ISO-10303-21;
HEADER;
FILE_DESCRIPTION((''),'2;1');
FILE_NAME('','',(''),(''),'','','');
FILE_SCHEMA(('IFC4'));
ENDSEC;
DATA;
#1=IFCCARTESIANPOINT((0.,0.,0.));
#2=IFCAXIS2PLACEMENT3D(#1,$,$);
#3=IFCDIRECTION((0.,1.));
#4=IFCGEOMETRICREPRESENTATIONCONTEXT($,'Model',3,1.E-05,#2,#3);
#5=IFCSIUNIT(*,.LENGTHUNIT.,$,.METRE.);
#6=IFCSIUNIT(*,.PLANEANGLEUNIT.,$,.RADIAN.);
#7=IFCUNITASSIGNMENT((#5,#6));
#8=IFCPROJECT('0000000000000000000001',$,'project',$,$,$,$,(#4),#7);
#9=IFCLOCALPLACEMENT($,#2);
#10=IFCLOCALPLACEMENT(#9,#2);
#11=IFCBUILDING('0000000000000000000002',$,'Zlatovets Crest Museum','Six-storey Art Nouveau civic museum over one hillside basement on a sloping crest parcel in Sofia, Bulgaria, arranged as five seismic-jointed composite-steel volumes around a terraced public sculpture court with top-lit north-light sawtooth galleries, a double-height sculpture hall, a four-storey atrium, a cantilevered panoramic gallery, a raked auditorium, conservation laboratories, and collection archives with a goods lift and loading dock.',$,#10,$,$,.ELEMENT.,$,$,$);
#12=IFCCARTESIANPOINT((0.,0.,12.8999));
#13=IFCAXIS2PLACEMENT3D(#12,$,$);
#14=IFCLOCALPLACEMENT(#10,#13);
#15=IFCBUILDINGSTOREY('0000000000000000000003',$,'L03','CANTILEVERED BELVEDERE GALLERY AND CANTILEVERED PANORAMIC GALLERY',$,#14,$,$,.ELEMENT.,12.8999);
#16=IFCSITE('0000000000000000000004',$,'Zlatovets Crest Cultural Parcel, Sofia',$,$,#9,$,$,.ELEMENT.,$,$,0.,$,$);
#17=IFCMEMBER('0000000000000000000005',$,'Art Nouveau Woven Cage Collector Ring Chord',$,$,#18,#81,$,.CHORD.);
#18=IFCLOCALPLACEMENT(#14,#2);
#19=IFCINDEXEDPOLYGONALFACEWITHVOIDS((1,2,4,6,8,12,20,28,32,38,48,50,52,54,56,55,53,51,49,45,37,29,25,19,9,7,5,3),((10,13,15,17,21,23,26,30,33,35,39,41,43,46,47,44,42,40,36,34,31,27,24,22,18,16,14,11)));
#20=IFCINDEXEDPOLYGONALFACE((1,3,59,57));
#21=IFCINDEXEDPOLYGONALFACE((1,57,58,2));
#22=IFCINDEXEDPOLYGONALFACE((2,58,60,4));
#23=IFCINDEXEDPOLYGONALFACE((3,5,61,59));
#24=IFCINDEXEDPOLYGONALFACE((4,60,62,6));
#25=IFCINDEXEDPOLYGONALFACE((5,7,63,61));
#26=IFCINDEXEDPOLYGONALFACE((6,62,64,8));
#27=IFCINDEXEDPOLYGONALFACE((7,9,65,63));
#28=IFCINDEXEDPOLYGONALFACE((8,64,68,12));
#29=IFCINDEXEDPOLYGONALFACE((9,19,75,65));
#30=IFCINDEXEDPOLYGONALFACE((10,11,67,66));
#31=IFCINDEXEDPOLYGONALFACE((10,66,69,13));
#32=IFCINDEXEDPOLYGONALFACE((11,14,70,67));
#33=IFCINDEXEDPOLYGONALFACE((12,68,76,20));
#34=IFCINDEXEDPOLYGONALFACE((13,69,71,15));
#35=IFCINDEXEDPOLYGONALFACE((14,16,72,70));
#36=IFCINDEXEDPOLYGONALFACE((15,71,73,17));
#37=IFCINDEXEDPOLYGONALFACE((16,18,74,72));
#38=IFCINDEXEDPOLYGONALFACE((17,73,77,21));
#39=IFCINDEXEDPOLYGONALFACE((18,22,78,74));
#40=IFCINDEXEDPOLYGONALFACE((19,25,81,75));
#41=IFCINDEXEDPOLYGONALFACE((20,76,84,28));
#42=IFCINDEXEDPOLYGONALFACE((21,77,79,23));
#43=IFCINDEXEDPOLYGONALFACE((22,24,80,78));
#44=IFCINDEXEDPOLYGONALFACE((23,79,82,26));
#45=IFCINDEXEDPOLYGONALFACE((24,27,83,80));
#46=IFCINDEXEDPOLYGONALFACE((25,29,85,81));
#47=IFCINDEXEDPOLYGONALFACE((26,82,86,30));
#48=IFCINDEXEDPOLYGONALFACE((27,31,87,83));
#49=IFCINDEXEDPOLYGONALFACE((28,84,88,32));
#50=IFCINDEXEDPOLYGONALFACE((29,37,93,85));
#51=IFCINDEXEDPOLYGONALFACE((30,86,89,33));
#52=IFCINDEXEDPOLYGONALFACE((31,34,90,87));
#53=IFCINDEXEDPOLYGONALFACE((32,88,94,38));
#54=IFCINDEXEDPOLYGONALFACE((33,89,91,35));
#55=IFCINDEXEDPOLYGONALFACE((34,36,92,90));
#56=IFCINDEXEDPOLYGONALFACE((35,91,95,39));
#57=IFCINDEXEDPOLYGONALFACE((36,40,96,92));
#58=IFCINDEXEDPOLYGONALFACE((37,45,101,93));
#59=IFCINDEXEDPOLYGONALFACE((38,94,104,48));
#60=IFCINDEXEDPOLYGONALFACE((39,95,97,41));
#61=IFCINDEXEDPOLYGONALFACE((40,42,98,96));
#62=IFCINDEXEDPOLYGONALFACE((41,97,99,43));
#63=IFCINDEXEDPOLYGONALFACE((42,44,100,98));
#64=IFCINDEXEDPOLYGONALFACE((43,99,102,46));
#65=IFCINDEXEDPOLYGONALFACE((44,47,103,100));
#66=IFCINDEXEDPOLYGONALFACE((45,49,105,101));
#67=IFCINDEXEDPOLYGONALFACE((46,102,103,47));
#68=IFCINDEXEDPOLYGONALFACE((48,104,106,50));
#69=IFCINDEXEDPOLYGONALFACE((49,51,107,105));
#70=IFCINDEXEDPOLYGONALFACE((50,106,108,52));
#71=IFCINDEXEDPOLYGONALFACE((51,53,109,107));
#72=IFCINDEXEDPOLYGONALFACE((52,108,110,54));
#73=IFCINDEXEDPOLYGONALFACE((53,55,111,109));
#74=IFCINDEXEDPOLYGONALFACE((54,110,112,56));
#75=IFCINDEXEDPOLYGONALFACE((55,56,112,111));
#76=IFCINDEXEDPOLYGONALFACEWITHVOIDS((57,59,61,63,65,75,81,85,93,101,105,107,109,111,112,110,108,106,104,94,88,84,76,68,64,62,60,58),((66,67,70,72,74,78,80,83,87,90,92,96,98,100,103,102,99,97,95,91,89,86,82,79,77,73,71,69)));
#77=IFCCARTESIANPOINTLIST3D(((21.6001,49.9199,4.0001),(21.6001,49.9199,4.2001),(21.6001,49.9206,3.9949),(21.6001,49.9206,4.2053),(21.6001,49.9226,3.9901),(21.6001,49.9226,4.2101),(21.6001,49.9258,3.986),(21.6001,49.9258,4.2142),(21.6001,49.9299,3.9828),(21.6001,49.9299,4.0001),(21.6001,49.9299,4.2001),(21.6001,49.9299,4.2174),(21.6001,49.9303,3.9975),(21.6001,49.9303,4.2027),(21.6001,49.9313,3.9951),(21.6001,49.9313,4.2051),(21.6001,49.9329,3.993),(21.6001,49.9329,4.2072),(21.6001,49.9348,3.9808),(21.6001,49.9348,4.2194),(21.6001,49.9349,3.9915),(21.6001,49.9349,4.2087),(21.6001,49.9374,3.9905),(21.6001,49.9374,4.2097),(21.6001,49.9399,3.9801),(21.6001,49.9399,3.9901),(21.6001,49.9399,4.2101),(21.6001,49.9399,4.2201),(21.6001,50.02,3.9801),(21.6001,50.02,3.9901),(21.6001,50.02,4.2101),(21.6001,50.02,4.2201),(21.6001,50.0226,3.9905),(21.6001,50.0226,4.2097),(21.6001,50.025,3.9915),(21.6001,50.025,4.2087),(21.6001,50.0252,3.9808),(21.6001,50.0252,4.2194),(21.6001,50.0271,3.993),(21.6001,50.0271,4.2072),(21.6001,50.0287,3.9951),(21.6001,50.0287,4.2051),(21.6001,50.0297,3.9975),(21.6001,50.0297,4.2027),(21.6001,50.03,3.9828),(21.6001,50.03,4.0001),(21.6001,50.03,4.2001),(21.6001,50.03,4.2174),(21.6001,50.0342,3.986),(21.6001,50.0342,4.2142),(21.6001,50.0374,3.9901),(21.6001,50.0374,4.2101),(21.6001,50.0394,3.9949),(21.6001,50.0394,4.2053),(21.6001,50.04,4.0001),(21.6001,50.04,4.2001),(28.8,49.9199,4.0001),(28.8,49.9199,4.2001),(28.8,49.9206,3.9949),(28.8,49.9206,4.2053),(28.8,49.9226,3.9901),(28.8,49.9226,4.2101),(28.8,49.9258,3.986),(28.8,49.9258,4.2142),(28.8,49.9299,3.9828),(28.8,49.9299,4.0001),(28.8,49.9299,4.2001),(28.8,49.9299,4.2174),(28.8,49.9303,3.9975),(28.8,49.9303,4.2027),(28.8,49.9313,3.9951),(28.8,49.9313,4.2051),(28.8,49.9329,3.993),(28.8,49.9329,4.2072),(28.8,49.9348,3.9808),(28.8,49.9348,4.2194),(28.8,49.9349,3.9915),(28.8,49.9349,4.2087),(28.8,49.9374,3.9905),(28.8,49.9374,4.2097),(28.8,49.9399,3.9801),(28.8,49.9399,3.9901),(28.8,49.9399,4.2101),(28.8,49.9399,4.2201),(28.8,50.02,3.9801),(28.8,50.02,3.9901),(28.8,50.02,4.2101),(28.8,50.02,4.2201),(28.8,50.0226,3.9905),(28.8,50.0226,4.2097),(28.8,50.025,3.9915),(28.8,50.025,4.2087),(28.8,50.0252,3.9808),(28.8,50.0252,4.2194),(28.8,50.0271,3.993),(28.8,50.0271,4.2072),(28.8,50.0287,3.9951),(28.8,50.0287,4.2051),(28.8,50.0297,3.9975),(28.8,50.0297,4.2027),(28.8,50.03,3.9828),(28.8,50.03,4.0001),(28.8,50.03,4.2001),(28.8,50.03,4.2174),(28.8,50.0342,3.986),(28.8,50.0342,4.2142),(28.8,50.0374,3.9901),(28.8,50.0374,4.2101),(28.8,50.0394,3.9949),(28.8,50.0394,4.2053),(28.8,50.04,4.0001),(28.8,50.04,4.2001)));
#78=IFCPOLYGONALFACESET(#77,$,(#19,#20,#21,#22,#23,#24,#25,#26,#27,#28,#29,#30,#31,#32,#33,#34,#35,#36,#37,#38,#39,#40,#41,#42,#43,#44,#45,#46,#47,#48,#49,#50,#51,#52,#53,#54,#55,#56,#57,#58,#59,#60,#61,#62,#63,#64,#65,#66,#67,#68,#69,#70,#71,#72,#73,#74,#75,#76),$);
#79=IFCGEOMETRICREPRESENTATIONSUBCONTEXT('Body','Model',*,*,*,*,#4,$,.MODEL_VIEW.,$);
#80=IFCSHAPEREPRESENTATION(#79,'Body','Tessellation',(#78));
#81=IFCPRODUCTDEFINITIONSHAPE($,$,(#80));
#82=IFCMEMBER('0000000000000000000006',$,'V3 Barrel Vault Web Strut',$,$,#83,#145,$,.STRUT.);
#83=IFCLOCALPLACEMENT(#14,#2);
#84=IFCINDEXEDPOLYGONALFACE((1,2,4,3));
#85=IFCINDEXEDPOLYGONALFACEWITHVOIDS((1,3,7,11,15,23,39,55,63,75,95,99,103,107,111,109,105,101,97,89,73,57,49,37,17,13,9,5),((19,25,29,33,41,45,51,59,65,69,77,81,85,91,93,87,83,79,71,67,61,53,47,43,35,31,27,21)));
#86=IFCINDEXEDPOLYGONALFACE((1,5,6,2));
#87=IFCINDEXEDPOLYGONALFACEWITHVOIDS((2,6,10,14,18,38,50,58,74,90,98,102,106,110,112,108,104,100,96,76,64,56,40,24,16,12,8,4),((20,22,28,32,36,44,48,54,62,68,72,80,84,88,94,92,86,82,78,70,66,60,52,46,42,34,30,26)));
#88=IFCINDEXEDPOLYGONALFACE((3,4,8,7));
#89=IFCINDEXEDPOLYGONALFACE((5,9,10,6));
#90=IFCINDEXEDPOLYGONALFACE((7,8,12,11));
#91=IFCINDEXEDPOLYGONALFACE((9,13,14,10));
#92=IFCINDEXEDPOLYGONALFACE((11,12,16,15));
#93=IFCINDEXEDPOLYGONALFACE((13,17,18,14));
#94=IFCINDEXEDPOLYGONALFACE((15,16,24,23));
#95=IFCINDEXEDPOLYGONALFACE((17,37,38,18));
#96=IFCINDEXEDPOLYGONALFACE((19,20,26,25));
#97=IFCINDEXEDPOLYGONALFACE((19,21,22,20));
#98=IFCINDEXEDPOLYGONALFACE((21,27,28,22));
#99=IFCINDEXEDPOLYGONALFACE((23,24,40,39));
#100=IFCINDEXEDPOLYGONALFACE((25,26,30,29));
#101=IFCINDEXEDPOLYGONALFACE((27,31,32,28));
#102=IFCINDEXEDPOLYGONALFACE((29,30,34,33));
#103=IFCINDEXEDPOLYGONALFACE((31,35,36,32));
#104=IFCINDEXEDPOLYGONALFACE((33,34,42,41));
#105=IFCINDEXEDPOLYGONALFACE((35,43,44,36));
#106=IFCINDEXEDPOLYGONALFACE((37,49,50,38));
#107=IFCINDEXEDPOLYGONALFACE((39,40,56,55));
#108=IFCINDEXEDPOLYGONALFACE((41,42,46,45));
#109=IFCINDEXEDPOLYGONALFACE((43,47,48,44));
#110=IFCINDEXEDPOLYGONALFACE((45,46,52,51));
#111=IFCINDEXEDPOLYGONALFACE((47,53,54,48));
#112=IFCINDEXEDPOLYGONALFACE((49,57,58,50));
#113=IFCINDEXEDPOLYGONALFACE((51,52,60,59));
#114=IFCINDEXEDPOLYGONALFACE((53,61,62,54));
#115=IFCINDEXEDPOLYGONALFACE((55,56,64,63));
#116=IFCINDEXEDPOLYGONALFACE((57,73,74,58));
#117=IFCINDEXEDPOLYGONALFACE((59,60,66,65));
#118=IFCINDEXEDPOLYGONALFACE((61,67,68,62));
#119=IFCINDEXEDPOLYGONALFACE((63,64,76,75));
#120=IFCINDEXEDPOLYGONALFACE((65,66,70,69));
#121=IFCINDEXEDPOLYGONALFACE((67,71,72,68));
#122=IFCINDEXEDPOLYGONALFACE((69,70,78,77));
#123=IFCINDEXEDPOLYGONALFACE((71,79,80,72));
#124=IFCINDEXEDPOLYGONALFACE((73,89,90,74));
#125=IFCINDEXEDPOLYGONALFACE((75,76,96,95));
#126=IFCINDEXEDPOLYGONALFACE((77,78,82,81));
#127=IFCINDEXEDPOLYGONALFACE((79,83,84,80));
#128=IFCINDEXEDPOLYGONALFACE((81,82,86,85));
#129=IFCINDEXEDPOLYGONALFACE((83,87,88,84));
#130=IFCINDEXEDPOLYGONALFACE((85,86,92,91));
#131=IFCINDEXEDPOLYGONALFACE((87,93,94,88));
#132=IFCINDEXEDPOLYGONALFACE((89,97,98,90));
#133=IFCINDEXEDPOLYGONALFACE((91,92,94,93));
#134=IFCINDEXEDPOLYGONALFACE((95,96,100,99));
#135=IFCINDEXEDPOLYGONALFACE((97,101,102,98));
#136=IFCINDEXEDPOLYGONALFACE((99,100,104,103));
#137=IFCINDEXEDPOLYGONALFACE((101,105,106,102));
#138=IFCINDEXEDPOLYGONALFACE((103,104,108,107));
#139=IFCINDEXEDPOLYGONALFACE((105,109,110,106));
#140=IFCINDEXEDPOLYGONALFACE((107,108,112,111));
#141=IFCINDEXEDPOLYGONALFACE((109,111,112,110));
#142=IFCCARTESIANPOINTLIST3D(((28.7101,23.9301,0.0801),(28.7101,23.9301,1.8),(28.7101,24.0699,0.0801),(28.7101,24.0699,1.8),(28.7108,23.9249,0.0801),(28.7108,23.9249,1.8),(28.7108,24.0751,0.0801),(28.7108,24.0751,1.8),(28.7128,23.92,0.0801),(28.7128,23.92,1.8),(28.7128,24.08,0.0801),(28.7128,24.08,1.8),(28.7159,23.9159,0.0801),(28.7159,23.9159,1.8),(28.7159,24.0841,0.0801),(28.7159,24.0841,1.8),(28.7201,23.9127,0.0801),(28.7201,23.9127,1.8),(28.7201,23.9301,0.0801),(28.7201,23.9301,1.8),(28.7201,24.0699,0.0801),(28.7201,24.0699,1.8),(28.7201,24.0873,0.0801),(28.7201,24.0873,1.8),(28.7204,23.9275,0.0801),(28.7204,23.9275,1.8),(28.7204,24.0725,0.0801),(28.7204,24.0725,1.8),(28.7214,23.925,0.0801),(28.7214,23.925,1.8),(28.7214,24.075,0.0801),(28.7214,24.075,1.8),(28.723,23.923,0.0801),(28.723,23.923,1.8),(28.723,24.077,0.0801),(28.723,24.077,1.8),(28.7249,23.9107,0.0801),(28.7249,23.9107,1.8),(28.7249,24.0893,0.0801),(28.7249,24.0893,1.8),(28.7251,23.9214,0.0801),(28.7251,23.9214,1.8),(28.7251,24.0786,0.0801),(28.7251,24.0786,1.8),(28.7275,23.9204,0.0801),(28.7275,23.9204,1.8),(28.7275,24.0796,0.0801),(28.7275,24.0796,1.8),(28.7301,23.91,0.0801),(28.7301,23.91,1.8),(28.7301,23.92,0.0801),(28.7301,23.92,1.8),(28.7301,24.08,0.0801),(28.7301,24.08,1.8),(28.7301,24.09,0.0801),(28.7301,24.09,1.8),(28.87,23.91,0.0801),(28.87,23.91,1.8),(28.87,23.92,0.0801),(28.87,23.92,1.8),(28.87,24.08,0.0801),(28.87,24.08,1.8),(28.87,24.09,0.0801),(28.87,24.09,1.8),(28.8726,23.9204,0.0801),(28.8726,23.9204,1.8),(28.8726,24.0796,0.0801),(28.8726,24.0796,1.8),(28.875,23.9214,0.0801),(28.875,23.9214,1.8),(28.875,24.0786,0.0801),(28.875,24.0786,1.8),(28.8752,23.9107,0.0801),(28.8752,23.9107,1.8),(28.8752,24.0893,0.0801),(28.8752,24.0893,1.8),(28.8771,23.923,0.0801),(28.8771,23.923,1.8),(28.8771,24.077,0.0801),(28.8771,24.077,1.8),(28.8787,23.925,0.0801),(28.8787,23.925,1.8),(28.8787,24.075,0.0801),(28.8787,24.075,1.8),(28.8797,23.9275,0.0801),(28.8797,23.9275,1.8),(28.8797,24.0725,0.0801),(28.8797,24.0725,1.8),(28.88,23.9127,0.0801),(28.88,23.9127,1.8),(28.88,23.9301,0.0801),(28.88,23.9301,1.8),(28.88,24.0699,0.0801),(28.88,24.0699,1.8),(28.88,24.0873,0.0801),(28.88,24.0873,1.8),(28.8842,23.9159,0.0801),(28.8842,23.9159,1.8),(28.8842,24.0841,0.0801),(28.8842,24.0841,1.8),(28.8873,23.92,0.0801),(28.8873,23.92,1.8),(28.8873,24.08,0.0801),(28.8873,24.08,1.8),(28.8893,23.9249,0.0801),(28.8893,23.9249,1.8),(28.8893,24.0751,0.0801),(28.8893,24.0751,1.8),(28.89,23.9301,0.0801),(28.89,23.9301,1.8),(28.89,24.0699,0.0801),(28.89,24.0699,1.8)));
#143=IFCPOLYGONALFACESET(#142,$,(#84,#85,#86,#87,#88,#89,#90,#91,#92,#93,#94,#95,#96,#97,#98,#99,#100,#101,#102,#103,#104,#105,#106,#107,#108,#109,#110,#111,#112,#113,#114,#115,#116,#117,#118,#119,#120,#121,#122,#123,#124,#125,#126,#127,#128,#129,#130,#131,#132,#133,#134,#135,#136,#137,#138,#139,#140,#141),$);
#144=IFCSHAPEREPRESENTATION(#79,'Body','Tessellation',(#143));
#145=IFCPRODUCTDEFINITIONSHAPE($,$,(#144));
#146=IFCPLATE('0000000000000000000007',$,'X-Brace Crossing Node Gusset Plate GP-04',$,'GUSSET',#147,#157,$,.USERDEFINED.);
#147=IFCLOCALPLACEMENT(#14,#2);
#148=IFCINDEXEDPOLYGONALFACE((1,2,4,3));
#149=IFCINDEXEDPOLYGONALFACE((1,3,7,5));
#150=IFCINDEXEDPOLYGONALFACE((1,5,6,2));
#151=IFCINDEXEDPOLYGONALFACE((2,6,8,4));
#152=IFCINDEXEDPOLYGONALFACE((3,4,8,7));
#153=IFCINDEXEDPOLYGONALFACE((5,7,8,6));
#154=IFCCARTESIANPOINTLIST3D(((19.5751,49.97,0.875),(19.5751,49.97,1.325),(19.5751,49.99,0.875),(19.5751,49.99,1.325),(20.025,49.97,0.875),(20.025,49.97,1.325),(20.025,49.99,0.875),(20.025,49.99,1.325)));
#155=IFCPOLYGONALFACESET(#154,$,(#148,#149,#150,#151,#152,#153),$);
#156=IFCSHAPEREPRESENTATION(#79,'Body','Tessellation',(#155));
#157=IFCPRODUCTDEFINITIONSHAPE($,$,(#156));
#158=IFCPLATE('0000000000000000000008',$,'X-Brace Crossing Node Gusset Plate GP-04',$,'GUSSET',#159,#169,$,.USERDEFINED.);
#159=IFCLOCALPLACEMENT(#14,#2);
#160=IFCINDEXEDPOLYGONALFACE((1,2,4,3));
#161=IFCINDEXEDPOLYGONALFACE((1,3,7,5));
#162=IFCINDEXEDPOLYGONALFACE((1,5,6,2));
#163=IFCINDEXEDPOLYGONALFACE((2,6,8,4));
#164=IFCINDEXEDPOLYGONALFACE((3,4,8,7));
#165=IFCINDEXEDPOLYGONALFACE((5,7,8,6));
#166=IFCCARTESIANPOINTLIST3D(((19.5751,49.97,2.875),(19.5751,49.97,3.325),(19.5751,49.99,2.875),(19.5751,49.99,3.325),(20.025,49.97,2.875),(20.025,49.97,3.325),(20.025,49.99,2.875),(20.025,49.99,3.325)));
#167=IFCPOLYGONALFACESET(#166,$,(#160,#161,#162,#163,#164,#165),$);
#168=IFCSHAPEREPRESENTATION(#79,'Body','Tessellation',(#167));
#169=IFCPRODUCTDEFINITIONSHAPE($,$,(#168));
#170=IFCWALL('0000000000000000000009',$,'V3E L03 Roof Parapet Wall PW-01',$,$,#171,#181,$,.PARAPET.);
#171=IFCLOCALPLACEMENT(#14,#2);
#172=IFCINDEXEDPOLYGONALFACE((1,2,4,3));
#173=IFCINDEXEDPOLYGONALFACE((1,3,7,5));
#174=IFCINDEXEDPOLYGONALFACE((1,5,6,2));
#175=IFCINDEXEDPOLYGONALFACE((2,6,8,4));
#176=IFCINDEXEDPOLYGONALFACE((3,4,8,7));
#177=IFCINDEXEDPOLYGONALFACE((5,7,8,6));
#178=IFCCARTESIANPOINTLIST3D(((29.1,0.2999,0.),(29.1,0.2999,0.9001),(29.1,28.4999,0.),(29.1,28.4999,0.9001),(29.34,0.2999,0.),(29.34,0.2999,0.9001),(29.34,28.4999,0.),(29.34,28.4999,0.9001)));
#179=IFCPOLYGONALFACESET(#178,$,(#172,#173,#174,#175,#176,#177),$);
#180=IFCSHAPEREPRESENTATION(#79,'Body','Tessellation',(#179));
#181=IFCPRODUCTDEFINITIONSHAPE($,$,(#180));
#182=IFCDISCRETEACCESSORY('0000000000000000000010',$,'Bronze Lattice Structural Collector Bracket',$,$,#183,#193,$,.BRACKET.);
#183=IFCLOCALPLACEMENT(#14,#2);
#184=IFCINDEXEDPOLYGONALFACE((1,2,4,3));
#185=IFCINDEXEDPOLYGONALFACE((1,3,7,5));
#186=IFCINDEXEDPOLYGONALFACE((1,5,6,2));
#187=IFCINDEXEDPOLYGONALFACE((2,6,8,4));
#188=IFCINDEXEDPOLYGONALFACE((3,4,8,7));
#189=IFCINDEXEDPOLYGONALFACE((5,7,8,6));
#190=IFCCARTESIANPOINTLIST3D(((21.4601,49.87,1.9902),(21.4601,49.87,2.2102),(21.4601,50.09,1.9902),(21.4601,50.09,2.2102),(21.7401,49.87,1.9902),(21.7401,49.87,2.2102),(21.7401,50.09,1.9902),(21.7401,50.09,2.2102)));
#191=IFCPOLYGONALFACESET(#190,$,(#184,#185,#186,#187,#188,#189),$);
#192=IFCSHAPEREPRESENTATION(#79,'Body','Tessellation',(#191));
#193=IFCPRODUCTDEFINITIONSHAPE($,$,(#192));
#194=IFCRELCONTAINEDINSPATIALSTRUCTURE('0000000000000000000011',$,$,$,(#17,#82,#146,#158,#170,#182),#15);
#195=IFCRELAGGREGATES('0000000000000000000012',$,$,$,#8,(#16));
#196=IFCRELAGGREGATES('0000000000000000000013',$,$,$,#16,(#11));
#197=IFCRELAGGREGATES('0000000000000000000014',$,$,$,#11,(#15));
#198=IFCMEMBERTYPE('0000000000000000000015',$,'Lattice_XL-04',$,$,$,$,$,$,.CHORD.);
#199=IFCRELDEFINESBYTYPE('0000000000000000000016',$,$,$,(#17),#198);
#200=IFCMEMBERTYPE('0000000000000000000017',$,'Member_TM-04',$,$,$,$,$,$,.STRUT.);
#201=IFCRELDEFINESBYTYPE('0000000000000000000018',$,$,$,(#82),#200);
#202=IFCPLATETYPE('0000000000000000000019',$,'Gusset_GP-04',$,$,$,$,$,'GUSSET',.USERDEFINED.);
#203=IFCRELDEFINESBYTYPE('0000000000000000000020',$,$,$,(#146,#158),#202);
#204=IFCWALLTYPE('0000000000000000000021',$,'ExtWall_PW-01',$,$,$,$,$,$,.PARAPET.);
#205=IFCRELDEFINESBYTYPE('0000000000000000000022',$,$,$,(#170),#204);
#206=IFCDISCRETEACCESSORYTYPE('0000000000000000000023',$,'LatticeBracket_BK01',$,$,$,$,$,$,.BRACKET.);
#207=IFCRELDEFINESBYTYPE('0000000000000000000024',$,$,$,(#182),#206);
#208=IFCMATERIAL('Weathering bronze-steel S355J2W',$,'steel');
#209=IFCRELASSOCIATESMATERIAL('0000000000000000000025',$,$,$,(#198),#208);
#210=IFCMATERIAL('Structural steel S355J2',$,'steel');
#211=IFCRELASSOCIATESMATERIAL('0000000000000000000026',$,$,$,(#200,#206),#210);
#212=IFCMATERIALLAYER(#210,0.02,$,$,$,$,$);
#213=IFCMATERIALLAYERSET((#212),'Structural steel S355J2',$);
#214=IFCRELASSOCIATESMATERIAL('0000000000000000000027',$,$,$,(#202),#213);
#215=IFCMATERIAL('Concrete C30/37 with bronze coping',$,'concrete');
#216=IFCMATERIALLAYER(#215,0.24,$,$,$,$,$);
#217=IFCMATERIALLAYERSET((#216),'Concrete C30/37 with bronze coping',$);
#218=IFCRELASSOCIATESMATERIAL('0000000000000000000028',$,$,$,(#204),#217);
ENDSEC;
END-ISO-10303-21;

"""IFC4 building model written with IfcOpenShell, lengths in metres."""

from ifc_helpers import new_model, si_unit, direction, frame, frame_2d, origin, origin_2d, place, context, subcontext, project, spatial, rectangle, hollow_rectangle, extrude, material, layer, layer_set, material_profile, profile_set, type_object, element, save


model = new_model("IFC4")

# Units and contexts
model_context = context("Model", 3, precision=1e-05, world=origin(), true_north=direction((0.0, 1.0)))
body_context = subcontext(model_context, "Body", "Model", "MODEL_VIEW")
ifc_project = project(units=[si_unit("LENGTHUNIT", "METRE"), si_unit("PLANEANGLEUNIT", "RADIAN")], contexts=[model_context])

# Site, building, storey
site_placement = place(None, origin())
site = spatial("IfcSite", under=ifc_project, at=site_placement, Name="Zlatovets Crest Cultural Parcel, Sofia", CompositionType="ELEMENT", RefElevation=0.0)
building_placement = place(site_placement, origin())
building = spatial("IfcBuilding", under=site, at=building_placement, Name="Zlatovets Crest Museum", Description="Six-storey Art Nouveau civic museum over one hillside basement on a sloping crest parcel in Sofia, Bulgaria, arranged as five seismic-jointed composite-steel volumes around a terraced public sculpture court with top-lit north-light sawtooth galleries, a double-height sculpture hall, a four-storey atrium, a cantilevered panoramic gallery, a raked auditorium, conservation laboratories, and collection archives with a goods lift and loading dock.", CompositionType="ELEMENT")
storey_placement = place(building_placement, frame((0.0, 0.0, 12.8999)))
storey = spatial("IfcBuildingStorey", under=building, at=storey_placement, Name="L03", Description="CANTILEVERED BELVEDERE GALLERY AND CANTILEVERED PANORAMIC GALLERY", CompositionType="ELEMENT", Elevation=12.8999)

# Shared definitions
ifc_material_1 = material(Name="Structural steel S355J2", Category="steel")

# Members
ifc_material_2 = material(Name="Weathering bronze-steel S355J2W", Category="steel")
ifc_material_profile_1 = material_profile(ifc_material_2, hollow_rectangle(XDim=0.1201, YDim=0.24, WallThickness=0.01, InnerFilletRadius=0.01, OuterFilletRadius=0.02, at=origin_2d()), Name="RHS 120x240x10.0")
ifc_profile_set_1 = profile_set([ifc_material_profile_1], Name="Weathering bronze-steel S355J2W")
member_type_1 = type_object("IfcMemberType", Name="Lattice_XL-04", PredefinedType="CHORD", material=ifc_profile_set_1)
member_1_placement = place(storey_placement, frame((21.6001, 49.98, 4.1001), z_axis=(1.0, 0.0, 0.0), x_axis=(0.0, 1.0, 0.0)))
element("IfcMember", 1, at=member_1_placement, inside=storey, type_object=member_type_1, Name="Art Nouveau Woven Cage Collector Ring Chord", PredefinedType="CHORD", context=body_context, shape_type="SweptSolid", body=[
    extrude(hollow_rectangle(XDim=0.1201, YDim=0.24, WallThickness=0.01, InnerFilletRadius=0.01, OuterFilletRadius=0.02, at=origin_2d()), origin(), (0.0, 0.0, 1.0), 7.2),
])
ifc_material_profile_2 = material_profile(ifc_material_1, hollow_rectangle(XDim=0.1799, YDim=0.1799, WallThickness=0.01, InnerFilletRadius=0.01, OuterFilletRadius=0.02, at=origin_2d()), Name="SHS 180x180x10.0")
ifc_profile_set_2 = profile_set([ifc_material_profile_2], Name="Structural steel S355J2")
member_type_2 = type_object("IfcMemberType", Name="Member_TM-04", PredefinedType="STRUT", material=ifc_profile_set_2)
member_2_placement = place(storey_placement, frame((28.8, 24.0, 0.0801), z_axis=(0.0, 0.0, 1.0), x_axis=(1.0, 0.0, 0.0)))
element("IfcMember", 2, at=member_2_placement, inside=storey, type_object=member_type_2, Name="V3 Barrel Vault Web Strut", PredefinedType="STRUT", context=body_context, shape_type="SweptSolid", body=[
    extrude(hollow_rectangle(XDim=0.1799, YDim=0.1799, WallThickness=0.01, InnerFilletRadius=0.01, OuterFilletRadius=0.02, at=origin_2d()), origin(), (0.0, 0.0, 1.0), 1.72),
])

# Plates
ifc_layer_1 = layer(ifc_material_1, 0.02)
ifc_layer_set_1 = layer_set([ifc_layer_1], Name="Structural steel S355J2")
plate_type = type_object("IfcPlateType", Name="Gusset_GP-04", ElementType="GUSSET", PredefinedType="USERDEFINED", material=ifc_layer_set_1)
for number, where, z_axis, x_axis, name in (
    (3, (19.8, 49.98, 0.875), (0.0, 0.0, 1.0), (1.0, 0.0, 0.0), "X-Brace Crossing Node Gusset Plate GP-04"),
    (4, (19.8, 49.98, 2.875), (0.0, 0.0, 1.0), (1.0, 0.0, 0.0), "X-Brace Crossing Node Gusset Plate GP-04"),
):
    element("IfcPlate", number, at=place(storey_placement, frame(where, z_axis=z_axis, x_axis=x_axis)), inside=storey, type_object=plate_type, Name=name, ObjectType="GUSSET", PredefinedType="USERDEFINED", context=body_context, shape_type="SweptSolid", body=[
        extrude(rectangle(XDim=0.45, YDim=0.02, at=origin_2d()), origin(), (0.0, 0.0, 1.0), 0.45),
    ])

# Wall
ifc_material_3 = material(Name="Concrete C30/37 with bronze coping", Category="concrete")
ifc_layer_2 = layer(ifc_material_3, 0.24)
ifc_layer_set_2 = layer_set([ifc_layer_2], Name="Concrete C30/37 with bronze coping")
wall_type = type_object("IfcWallType", Name="ExtWall_PW-01", PredefinedType="PARAPET", material=ifc_layer_set_2)
wall_placement = place(storey_placement, frame((29.22, 28.5, 0.0), z_axis=(0.0, 0.0, 1.0), x_axis=(0.0, -1.0, 0.0)))
element("IfcWall", 5, at=wall_placement, inside=storey, type_object=wall_type, Name="V3E L03 Roof Parapet Wall PW-01", PredefinedType="PARAPET", context=body_context, shape_type="SweptSolid", body=[
    extrude(rectangle(XDim=28.2, YDim=0.24, at=frame_2d((14.1001, 0.0))), origin(), (0.0, 0.0, 1.0), 0.9001),
])

# Discrete accessory
discrete_accessory_type = type_object("IfcDiscreteAccessoryType", Name="LatticeBracket_BK01", PredefinedType="BRACKET", material=ifc_material_1)
discrete_accessory_placement = place(storey_placement, frame((21.6001, 49.98, 1.9902), z_axis=(0.0, 0.0, 1.0), x_axis=(1.0, 0.0, 0.0)))
element("IfcDiscreteAccessory", 6, at=discrete_accessory_placement, inside=storey, type_object=discrete_accessory_type, Name="Bronze Lattice Structural Collector Bracket", PredefinedType="BRACKET", context=body_context, shape_type="SweptSolid", body=[
    extrude(rectangle(XDim=0.28, YDim=0.22, at=origin_2d()), origin(), (0.0, 0.0, 1.0), 0.22),
])

save(model, "model.ifc")
